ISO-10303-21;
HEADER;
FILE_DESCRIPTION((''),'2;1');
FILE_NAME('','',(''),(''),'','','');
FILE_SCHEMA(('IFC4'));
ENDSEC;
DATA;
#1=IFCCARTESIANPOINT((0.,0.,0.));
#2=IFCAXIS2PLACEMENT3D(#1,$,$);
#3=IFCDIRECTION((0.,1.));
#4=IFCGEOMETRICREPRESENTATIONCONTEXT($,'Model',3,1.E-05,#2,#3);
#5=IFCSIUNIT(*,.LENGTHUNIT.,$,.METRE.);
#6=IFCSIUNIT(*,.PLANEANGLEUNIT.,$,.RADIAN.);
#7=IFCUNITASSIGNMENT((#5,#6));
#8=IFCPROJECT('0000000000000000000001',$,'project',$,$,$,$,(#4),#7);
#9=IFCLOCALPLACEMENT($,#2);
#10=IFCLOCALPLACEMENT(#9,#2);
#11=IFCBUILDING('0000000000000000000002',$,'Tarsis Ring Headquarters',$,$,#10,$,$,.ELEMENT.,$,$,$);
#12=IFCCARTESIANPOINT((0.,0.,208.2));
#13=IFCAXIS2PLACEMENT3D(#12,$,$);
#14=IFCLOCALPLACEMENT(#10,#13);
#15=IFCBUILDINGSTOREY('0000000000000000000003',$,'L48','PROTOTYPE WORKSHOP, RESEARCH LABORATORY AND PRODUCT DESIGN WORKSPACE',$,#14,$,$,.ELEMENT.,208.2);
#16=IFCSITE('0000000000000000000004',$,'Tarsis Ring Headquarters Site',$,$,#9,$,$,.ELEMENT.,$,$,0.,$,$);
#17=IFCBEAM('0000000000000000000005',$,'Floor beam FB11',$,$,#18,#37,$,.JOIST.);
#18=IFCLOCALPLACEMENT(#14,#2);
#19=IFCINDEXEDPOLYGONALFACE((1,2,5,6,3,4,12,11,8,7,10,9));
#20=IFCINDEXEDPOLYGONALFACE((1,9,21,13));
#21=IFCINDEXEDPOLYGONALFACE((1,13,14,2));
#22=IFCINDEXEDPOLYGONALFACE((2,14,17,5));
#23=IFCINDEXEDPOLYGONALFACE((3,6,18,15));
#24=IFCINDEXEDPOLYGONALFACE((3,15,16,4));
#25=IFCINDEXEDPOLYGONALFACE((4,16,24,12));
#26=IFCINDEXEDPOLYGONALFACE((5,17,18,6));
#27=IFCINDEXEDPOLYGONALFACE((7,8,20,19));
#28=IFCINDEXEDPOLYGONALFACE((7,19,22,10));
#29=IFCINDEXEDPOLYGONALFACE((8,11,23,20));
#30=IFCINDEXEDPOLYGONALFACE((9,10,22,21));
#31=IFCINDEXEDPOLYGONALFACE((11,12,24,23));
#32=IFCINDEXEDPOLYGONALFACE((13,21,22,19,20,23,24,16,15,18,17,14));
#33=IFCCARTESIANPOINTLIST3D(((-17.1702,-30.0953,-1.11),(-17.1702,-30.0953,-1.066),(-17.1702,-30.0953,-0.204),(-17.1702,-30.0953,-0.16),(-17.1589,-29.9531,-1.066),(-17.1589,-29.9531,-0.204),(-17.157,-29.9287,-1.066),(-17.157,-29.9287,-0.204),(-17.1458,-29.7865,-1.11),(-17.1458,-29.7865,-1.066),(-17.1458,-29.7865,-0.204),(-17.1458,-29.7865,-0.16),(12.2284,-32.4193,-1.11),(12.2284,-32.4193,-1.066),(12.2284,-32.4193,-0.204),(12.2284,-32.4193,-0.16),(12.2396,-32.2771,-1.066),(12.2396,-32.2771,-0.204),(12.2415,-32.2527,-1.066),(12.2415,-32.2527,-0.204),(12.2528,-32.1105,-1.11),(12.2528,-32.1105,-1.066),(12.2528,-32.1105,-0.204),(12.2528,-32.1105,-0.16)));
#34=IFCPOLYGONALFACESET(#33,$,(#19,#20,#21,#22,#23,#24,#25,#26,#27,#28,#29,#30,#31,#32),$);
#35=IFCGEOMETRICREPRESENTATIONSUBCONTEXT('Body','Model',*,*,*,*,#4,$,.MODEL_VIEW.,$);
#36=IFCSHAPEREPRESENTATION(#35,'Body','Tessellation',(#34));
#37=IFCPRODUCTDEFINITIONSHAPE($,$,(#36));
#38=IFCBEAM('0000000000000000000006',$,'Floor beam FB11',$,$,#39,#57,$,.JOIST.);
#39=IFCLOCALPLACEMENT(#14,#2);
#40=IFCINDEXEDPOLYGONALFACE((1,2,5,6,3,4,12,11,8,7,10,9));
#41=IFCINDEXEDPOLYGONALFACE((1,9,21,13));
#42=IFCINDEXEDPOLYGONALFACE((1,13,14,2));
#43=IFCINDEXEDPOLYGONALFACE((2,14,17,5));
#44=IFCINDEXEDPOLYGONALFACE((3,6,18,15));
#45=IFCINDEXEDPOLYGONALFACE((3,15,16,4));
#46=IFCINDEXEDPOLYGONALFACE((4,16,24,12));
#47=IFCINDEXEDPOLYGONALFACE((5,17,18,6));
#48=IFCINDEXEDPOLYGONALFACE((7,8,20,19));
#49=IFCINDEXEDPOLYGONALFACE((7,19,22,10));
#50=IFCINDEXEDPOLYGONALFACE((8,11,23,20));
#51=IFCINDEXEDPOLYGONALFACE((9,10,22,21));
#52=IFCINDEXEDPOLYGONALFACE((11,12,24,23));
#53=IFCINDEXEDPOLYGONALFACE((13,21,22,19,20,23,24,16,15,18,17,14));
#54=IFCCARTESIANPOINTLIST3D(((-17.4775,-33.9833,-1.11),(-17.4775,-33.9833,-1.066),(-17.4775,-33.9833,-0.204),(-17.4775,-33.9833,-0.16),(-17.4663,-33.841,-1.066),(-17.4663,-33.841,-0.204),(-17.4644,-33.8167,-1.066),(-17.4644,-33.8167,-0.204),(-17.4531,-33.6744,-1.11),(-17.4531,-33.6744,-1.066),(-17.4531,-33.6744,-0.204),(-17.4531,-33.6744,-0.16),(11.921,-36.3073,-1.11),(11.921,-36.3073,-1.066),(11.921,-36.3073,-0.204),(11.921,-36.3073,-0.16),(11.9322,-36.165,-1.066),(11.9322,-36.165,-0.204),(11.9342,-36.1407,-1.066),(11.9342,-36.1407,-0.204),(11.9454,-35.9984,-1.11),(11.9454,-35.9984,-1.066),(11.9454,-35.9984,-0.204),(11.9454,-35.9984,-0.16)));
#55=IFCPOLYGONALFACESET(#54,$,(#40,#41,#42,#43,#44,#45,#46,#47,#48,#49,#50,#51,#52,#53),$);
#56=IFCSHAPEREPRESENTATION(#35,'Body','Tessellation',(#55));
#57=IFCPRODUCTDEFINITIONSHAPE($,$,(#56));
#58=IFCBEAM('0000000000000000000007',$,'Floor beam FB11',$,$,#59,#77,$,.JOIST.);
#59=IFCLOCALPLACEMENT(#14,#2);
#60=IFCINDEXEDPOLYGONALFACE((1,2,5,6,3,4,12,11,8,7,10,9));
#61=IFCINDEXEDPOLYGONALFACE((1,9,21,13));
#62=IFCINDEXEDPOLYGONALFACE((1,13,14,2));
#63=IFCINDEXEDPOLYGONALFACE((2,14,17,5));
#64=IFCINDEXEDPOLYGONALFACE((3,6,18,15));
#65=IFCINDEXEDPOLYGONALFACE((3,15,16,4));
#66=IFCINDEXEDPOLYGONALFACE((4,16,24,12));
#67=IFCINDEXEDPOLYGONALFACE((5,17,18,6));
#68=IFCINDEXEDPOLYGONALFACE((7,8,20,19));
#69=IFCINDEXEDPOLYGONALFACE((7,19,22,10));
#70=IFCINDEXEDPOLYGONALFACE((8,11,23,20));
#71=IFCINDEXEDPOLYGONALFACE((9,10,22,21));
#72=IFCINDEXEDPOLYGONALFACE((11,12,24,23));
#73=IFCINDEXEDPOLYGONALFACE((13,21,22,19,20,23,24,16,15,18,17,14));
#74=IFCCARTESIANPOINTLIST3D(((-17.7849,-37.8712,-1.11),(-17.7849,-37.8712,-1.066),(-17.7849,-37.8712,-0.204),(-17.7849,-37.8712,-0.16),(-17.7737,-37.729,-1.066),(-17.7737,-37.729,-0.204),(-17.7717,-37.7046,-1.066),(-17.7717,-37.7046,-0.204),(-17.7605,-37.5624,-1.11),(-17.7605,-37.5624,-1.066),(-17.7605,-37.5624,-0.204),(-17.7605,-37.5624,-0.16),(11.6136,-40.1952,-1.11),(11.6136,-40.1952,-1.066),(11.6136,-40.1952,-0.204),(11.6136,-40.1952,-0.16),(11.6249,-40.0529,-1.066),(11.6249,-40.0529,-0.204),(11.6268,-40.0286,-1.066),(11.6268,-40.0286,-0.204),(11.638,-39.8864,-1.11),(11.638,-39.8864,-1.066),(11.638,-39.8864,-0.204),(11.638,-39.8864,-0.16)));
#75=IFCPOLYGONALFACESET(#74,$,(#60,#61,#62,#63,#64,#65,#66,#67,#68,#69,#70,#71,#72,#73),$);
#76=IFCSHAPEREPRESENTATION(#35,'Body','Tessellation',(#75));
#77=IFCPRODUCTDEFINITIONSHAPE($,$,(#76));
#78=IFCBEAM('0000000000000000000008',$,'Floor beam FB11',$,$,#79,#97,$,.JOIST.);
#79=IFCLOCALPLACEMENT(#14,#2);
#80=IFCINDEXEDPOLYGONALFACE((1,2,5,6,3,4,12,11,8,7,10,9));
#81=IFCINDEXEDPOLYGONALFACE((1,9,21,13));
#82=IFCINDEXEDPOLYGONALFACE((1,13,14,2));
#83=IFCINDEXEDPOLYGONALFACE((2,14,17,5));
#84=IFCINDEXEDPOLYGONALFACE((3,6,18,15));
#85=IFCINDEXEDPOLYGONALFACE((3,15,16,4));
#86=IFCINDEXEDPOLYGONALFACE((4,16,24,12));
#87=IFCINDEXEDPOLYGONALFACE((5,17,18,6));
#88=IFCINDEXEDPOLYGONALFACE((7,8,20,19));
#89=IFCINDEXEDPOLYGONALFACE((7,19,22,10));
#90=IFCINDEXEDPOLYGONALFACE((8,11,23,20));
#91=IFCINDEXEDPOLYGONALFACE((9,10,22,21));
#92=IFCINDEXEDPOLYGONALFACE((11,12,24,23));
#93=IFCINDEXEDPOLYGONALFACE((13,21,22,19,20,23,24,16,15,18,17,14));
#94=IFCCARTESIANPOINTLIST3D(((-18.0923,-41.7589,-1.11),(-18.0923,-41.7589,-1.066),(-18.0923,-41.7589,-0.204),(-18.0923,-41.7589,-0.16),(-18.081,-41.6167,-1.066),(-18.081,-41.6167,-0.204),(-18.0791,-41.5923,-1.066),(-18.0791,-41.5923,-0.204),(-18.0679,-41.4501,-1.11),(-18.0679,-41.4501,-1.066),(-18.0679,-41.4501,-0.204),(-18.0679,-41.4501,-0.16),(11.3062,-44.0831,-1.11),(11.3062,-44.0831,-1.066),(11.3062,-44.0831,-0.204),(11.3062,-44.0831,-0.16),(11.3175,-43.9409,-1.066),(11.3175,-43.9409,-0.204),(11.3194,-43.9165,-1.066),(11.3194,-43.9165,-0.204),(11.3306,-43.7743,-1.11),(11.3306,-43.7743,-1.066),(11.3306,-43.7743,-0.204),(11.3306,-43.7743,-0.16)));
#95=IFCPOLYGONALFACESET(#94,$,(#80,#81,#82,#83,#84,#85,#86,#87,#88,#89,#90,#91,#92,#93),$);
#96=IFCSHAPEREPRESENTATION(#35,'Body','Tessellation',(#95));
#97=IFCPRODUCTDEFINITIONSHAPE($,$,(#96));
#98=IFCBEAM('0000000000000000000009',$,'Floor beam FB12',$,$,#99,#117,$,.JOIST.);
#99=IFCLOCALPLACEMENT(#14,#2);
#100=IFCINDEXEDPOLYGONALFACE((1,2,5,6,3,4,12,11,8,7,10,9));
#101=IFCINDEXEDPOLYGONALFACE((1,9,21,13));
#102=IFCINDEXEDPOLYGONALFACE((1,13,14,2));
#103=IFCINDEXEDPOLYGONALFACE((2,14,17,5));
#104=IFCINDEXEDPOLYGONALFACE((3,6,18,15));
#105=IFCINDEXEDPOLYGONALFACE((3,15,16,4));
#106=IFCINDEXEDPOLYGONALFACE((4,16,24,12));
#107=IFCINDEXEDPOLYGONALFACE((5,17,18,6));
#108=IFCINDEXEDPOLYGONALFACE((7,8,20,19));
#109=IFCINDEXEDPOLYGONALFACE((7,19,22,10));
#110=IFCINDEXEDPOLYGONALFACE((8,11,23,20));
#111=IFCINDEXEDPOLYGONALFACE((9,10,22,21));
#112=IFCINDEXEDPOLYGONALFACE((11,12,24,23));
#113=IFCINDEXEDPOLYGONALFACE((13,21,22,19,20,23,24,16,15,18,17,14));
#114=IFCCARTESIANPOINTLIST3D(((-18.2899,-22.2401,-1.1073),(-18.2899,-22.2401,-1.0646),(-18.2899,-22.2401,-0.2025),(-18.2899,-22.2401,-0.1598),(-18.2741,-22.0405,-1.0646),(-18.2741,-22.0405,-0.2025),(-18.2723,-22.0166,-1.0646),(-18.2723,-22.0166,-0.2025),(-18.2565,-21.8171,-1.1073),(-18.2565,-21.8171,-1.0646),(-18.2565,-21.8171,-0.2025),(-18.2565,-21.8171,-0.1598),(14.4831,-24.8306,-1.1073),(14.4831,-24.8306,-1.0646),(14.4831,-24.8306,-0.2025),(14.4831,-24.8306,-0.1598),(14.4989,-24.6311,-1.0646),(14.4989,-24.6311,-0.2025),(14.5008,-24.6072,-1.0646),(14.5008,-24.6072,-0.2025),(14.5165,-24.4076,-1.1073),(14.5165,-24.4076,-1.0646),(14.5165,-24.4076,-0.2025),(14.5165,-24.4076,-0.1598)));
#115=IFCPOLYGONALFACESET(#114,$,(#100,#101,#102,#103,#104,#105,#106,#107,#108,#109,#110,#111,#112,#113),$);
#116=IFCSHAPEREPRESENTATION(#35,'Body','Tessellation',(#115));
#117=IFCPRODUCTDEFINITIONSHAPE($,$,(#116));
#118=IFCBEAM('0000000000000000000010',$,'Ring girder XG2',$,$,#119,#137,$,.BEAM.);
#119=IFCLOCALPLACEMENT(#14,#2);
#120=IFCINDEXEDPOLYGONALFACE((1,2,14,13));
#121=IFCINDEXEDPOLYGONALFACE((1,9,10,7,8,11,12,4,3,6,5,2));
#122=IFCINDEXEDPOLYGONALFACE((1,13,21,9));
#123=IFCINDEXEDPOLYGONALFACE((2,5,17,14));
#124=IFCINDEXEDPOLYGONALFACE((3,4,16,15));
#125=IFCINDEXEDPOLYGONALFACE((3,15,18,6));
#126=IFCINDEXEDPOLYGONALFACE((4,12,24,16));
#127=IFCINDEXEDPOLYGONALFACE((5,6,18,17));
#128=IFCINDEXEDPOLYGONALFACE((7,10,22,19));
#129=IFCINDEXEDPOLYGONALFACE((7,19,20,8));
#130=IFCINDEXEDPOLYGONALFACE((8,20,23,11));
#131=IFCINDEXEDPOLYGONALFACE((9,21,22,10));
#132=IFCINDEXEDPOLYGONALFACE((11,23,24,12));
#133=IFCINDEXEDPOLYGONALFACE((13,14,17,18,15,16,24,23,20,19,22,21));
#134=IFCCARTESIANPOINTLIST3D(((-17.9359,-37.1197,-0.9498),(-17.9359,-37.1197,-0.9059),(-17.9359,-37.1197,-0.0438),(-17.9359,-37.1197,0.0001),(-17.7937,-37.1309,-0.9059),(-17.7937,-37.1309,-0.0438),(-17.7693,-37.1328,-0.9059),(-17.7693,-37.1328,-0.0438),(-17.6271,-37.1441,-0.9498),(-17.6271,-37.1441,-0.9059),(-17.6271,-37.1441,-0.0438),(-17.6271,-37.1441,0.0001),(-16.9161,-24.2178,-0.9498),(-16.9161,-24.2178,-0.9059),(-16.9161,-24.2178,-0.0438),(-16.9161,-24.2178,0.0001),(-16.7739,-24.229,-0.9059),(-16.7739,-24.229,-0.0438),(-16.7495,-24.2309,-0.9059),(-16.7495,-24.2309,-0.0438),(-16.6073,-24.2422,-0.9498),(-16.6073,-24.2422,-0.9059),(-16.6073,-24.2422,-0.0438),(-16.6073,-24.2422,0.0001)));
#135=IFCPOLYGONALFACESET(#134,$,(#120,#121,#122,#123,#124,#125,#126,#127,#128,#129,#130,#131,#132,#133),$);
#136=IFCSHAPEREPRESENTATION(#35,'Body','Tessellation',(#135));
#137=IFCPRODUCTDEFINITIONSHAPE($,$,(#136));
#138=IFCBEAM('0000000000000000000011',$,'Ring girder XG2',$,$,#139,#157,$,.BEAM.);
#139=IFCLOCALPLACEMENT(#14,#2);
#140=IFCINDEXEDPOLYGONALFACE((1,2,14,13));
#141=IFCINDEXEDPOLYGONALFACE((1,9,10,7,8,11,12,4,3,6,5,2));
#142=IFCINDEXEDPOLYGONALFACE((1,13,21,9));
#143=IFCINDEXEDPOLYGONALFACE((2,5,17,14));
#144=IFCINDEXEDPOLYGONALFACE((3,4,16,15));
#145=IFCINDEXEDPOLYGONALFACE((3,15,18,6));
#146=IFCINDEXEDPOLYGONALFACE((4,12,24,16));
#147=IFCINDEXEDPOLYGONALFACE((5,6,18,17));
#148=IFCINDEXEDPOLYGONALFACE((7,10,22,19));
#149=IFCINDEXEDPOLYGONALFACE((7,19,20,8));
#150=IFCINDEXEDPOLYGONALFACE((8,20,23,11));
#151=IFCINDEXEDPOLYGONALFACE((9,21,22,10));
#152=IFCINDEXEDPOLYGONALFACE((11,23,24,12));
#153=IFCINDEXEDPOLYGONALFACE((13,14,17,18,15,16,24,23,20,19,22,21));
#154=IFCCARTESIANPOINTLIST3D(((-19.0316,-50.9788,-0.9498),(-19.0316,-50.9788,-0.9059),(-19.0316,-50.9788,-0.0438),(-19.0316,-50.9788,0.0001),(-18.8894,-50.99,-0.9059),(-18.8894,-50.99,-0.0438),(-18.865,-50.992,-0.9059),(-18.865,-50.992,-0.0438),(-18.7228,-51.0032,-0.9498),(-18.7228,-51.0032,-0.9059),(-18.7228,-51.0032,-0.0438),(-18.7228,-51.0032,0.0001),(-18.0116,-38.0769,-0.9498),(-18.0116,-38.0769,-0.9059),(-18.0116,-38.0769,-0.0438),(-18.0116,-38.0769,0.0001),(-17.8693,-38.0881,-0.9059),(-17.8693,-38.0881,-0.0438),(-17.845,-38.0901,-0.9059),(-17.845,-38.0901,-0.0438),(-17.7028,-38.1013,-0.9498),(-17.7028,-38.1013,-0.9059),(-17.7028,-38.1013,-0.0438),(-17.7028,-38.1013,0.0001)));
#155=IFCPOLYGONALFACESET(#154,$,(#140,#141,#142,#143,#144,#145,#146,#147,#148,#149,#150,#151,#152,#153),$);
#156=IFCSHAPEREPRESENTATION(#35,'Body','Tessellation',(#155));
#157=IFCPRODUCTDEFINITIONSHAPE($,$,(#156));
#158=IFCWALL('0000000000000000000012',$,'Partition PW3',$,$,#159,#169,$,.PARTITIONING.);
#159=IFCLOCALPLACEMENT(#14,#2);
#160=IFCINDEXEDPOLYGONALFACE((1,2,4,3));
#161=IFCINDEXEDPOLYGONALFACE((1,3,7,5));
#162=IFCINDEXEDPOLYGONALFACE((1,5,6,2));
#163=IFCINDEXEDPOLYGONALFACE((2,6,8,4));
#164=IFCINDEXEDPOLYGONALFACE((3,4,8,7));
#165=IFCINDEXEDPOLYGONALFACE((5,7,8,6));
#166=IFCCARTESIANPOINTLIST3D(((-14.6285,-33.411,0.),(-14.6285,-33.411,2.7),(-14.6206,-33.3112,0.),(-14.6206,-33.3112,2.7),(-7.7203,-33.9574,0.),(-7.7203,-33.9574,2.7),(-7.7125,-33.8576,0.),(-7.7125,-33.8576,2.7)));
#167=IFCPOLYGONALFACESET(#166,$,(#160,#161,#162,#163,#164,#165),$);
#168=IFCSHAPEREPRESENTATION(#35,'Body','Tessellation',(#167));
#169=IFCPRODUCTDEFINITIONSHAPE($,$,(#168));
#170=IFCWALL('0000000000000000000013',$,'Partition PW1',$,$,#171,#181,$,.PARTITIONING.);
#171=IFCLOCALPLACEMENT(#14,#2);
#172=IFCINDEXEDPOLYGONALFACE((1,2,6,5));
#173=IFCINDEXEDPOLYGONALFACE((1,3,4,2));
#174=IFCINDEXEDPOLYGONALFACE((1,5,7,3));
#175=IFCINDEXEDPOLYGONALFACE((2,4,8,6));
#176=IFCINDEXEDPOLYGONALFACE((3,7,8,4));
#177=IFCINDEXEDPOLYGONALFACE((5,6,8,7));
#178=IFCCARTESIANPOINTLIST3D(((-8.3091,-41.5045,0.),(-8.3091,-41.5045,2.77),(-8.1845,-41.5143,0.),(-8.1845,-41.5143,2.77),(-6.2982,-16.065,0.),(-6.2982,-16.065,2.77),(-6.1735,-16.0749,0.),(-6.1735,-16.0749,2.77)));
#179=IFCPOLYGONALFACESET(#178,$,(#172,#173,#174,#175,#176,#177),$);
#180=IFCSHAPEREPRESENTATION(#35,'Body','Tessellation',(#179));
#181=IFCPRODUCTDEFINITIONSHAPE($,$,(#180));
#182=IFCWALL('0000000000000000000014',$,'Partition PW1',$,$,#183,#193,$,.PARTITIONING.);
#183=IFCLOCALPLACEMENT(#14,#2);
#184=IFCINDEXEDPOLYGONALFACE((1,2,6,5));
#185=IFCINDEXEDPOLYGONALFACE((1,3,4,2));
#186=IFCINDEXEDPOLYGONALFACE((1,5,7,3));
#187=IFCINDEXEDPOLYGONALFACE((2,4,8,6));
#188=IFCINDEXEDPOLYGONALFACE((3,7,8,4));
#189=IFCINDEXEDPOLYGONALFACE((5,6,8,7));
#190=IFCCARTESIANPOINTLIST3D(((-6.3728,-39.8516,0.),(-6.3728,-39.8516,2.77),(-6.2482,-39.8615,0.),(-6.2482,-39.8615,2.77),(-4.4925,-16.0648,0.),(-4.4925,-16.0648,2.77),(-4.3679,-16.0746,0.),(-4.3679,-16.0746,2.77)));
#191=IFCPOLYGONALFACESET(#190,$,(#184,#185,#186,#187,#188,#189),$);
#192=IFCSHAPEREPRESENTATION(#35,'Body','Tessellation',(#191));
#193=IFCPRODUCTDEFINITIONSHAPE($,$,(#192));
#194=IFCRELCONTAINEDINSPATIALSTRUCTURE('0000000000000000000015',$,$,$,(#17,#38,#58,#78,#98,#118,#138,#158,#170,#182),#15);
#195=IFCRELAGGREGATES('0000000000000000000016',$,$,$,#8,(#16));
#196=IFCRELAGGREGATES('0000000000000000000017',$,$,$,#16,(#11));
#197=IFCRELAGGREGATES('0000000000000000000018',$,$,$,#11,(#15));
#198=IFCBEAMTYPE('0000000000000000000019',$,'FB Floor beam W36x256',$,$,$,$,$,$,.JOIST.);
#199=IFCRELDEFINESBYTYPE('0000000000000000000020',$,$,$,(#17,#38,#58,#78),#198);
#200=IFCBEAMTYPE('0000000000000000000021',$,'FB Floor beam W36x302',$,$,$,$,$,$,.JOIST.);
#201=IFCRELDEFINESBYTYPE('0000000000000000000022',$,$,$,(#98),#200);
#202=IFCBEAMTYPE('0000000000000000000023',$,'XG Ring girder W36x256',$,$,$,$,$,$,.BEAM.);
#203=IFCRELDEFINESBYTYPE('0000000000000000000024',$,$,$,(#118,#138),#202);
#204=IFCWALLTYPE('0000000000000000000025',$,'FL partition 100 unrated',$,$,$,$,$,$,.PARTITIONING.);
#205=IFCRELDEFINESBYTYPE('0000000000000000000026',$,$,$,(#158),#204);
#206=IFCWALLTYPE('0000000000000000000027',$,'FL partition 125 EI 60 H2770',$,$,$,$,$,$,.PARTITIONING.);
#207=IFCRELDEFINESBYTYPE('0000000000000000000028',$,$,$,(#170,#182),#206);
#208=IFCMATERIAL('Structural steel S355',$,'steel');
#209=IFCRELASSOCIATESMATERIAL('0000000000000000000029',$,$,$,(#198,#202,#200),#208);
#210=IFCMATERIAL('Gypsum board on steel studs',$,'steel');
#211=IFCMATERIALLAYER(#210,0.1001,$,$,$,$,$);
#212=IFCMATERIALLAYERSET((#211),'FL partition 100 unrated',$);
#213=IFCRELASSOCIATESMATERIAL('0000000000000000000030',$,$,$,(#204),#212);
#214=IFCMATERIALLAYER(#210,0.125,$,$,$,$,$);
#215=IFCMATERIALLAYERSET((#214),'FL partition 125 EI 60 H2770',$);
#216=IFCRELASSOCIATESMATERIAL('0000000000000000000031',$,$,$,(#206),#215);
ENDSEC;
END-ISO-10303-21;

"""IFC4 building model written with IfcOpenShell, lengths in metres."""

from ifc_helpers import new_model, si_unit, direction, frame, frame_2d, origin, origin_2d, place, context, subcontext, project, spatial, rectangle, i_section, extrude, material, layer, layer_set, material_profile, profile_set, type_object, element, save


model = new_model("IFC4")

# Units and contexts
model_context = context("Model", 3, precision=1e-05, world=origin(), true_north=direction((0.0, 1.0)))
body_context = subcontext(model_context, "Body", "Model", "MODEL_VIEW")
ifc_project = project(units=[si_unit("LENGTHUNIT", "METRE"), si_unit("PLANEANGLEUNIT", "RADIAN")], contexts=[model_context])

# Site, building, storey
site_placement = place(None, origin())
site = spatial("IfcSite", under=ifc_project, at=site_placement, Name="Tarsis Ring Headquarters Site", CompositionType="ELEMENT", RefElevation=0.0)
building_placement = place(site_placement, origin())
building = spatial("IfcBuilding", under=site, at=building_placement, Name="Tarsis Ring Headquarters", CompositionType="ELEMENT")
storey_placement = place(building_placement, frame((0.0, 0.0, 208.2)))
storey = spatial("IfcBuildingStorey", under=building, at=storey_placement, Name="L48", Description="PROTOTYPE WORKSHOP, RESEARCH LABORATORY AND PRODUCT DESIGN WORKSPACE", CompositionType="ELEMENT", Elevation=208.2)

# Shared definitions
ifc_material_1 = material(Name="Structural steel S355", Category="steel")

# Beams
ifc_material_profile_1 = material_profile(ifc_material_1, i_section(OverallWidth=0.3098, OverallDepth=0.95, WebThickness=0.0244, FlangeThickness=0.0439, at=origin_2d()), Name="W36x256")
ifc_profile_set_1 = profile_set([ifc_material_profile_1], Name="Structural steel S355")
beam_type_1 = type_object("IfcBeamType", Name="FB Floor beam W36x256", PredefinedType="JOIST", material=ifc_profile_set_1)
for number, where, z_axis, x_axis, name in (
    (1, (-17.158, -29.9409, -0.635), (0.99689, -0.078805, 0.0), (0.078805, 0.99689, 0.0), "Floor beam FB11"),
    (2, (-17.4653, -33.8289, -0.635), (0.99689, -0.078805, 0.0), (0.078805, 0.99689, 0.0), "Floor beam FB11"),
    (3, (-17.7727, -37.7168, -0.635), (0.99689, -0.078805, 0.0), (0.078805, 0.99689, 0.0), "Floor beam FB11"),
    (4, (-18.0801, -41.6045, -0.635), (0.996889, -0.078813, 0.0), (0.078813, 0.996889, 0.0), "Floor beam FB11"),
):
    element("IfcBeam", number, at=place(storey_placement, frame(where, z_axis=z_axis, x_axis=x_axis)), inside=storey, type_object=beam_type_1, Name=name, PredefinedType="JOIST", context=body_context, shape_type="SweptSolid", body=[
        extrude(i_section(OverallWidth=0.3098, OverallDepth=0.95, WebThickness=0.0244, FlangeThickness=0.0439, at=origin_2d()), origin(), (0.0, 0.0, 1.0), 29.4902),
    ])
ifc_material_profile_2 = material_profile(ifc_material_1, i_section(OverallWidth=0.4243, OverallDepth=0.9475, WebThickness=0.0239, FlangeThickness=0.0427, at=origin_2d()), Name="W36x302")
ifc_profile_set_2 = profile_set([ifc_material_profile_2], Name="Structural steel S355")
beam_type_2 = type_object("IfcBeamType", Name="FB Floor beam W36x302", PredefinedType="JOIST", material=ifc_profile_set_2)
beam_placement = place(storey_placement, frame((-18.2732, -22.0286, -0.6335), z_axis=(0.99689, -0.0788, 0.0), x_axis=(0.0788, 0.99689, 0.0)))
element("IfcBeam", 5, at=beam_placement, inside=storey, type_object=beam_type_2, Name="Floor beam FB12", PredefinedType="JOIST", context=body_context, shape_type="SweptSolid", body=[
    extrude(i_section(OverallWidth=0.4243, OverallDepth=0.9475, WebThickness=0.0239, FlangeThickness=0.0427, at=origin_2d()), origin(), (0.0, 0.0, 1.0), 32.8752),
])
beam_type_3 = type_object("IfcBeamType", Name="XG Ring girder W36x256", PredefinedType="BEAM", material=ifc_profile_set_1)
for number, where, z_axis, x_axis, name in (
    (6, (-16.7617, -24.23, -0.4749), (-0.078795, -0.996891, 0.0), (0.996891, -0.078795, 0.0), "Ring girder XG2"),
    (7, (-17.8572, -38.0891, -0.4749), (-0.078814, -0.996889, 0.0), (0.996889, -0.078814, 0.0), "Ring girder XG2"),
):
    element("IfcBeam", number, at=place(storey_placement, frame(where, z_axis=z_axis, x_axis=x_axis)), inside=storey, type_object=beam_type_3, Name=name, PredefinedType="BEAM", context=body_context, shape_type="SweptSolid", body=[
        extrude(i_section(OverallWidth=0.3098, OverallDepth=0.95, WebThickness=0.0244, FlangeThickness=0.0439, at=origin_2d()), origin(), (0.0, 0.0, 1.0), 12.9421),
    ])

# Walls
ifc_material_2 = material(Name="Gypsum board on steel studs", Category="steel")
ifc_layer_1 = layer(ifc_material_2, 0.1001)
ifc_layer_set_1 = layer_set([ifc_layer_1], Name="FL partition 100 unrated")
wall_type_1 = type_object("IfcWallType", Name="FL partition 100 unrated", PredefinedType="PARTITIONING", material=ifc_layer_set_1)
wall_1_placement = place(storey_placement, frame((-14.6245, -33.3611, 0.0), z_axis=(0.0, 0.0, 1.0), x_axis=(0.996887, -0.078846, 0.0)))
element("IfcWall", 8, at=wall_1_placement, inside=storey, type_object=wall_type_1, Name="Partition PW3", PredefinedType="PARTITIONING", context=body_context, shape_type="SweptSolid", body=[
    extrude(rectangle(XDim=6.9297, YDim=0.1001, at=frame_2d((3.4648, 0.0))), origin(), (0.0, 0.0, 1.0), 2.7),
])
ifc_layer_2 = layer(ifc_material_2, 0.125)
ifc_layer_set_2 = layer_set([ifc_layer_2], Name="FL partition 125 EI 60 H2770")
wall_type_2 = type_object("IfcWallType", Name="FL partition 125 EI 60 H2770", PredefinedType="PARTITIONING", material=ifc_layer_set_2)
wall_2_placement = place(storey_placement, frame((-8.2468, -41.5093, 0.0), z_axis=(0.0, 0.0, 1.0), x_axis=(0.078804, 0.99689, 0.0)))
element("IfcWall", 9, at=wall_2_placement, inside=storey, type_object=wall_type_2, Name="Partition PW1", PredefinedType="PARTITIONING", context=body_context, shape_type="SweptSolid", body=[
    extrude(rectangle(XDim=25.5188, YDim=0.125, at=frame_2d((12.7593, 0.0))), origin(), (0.0, 0.0, 1.0), 2.77),
])
wall_3_placement = place(storey_placement, frame((-6.3105, -39.8567, 0.0), z_axis=(0.0, 0.0, 1.0), x_axis=(0.078805, 0.99689, 0.0)))
element("IfcWall", 10, at=wall_3_placement, inside=storey, type_object=wall_type_2, Name="Partition PW1", PredefinedType="PARTITIONING", context=body_context, shape_type="SweptSolid", body=[
    extrude(rectangle(XDim=23.8611, YDim=0.125, at=frame_2d((11.9307, 0.0))), origin(), (0.0, 0.0, 1.0), 2.77),
])

save(model, "model.ifc")
